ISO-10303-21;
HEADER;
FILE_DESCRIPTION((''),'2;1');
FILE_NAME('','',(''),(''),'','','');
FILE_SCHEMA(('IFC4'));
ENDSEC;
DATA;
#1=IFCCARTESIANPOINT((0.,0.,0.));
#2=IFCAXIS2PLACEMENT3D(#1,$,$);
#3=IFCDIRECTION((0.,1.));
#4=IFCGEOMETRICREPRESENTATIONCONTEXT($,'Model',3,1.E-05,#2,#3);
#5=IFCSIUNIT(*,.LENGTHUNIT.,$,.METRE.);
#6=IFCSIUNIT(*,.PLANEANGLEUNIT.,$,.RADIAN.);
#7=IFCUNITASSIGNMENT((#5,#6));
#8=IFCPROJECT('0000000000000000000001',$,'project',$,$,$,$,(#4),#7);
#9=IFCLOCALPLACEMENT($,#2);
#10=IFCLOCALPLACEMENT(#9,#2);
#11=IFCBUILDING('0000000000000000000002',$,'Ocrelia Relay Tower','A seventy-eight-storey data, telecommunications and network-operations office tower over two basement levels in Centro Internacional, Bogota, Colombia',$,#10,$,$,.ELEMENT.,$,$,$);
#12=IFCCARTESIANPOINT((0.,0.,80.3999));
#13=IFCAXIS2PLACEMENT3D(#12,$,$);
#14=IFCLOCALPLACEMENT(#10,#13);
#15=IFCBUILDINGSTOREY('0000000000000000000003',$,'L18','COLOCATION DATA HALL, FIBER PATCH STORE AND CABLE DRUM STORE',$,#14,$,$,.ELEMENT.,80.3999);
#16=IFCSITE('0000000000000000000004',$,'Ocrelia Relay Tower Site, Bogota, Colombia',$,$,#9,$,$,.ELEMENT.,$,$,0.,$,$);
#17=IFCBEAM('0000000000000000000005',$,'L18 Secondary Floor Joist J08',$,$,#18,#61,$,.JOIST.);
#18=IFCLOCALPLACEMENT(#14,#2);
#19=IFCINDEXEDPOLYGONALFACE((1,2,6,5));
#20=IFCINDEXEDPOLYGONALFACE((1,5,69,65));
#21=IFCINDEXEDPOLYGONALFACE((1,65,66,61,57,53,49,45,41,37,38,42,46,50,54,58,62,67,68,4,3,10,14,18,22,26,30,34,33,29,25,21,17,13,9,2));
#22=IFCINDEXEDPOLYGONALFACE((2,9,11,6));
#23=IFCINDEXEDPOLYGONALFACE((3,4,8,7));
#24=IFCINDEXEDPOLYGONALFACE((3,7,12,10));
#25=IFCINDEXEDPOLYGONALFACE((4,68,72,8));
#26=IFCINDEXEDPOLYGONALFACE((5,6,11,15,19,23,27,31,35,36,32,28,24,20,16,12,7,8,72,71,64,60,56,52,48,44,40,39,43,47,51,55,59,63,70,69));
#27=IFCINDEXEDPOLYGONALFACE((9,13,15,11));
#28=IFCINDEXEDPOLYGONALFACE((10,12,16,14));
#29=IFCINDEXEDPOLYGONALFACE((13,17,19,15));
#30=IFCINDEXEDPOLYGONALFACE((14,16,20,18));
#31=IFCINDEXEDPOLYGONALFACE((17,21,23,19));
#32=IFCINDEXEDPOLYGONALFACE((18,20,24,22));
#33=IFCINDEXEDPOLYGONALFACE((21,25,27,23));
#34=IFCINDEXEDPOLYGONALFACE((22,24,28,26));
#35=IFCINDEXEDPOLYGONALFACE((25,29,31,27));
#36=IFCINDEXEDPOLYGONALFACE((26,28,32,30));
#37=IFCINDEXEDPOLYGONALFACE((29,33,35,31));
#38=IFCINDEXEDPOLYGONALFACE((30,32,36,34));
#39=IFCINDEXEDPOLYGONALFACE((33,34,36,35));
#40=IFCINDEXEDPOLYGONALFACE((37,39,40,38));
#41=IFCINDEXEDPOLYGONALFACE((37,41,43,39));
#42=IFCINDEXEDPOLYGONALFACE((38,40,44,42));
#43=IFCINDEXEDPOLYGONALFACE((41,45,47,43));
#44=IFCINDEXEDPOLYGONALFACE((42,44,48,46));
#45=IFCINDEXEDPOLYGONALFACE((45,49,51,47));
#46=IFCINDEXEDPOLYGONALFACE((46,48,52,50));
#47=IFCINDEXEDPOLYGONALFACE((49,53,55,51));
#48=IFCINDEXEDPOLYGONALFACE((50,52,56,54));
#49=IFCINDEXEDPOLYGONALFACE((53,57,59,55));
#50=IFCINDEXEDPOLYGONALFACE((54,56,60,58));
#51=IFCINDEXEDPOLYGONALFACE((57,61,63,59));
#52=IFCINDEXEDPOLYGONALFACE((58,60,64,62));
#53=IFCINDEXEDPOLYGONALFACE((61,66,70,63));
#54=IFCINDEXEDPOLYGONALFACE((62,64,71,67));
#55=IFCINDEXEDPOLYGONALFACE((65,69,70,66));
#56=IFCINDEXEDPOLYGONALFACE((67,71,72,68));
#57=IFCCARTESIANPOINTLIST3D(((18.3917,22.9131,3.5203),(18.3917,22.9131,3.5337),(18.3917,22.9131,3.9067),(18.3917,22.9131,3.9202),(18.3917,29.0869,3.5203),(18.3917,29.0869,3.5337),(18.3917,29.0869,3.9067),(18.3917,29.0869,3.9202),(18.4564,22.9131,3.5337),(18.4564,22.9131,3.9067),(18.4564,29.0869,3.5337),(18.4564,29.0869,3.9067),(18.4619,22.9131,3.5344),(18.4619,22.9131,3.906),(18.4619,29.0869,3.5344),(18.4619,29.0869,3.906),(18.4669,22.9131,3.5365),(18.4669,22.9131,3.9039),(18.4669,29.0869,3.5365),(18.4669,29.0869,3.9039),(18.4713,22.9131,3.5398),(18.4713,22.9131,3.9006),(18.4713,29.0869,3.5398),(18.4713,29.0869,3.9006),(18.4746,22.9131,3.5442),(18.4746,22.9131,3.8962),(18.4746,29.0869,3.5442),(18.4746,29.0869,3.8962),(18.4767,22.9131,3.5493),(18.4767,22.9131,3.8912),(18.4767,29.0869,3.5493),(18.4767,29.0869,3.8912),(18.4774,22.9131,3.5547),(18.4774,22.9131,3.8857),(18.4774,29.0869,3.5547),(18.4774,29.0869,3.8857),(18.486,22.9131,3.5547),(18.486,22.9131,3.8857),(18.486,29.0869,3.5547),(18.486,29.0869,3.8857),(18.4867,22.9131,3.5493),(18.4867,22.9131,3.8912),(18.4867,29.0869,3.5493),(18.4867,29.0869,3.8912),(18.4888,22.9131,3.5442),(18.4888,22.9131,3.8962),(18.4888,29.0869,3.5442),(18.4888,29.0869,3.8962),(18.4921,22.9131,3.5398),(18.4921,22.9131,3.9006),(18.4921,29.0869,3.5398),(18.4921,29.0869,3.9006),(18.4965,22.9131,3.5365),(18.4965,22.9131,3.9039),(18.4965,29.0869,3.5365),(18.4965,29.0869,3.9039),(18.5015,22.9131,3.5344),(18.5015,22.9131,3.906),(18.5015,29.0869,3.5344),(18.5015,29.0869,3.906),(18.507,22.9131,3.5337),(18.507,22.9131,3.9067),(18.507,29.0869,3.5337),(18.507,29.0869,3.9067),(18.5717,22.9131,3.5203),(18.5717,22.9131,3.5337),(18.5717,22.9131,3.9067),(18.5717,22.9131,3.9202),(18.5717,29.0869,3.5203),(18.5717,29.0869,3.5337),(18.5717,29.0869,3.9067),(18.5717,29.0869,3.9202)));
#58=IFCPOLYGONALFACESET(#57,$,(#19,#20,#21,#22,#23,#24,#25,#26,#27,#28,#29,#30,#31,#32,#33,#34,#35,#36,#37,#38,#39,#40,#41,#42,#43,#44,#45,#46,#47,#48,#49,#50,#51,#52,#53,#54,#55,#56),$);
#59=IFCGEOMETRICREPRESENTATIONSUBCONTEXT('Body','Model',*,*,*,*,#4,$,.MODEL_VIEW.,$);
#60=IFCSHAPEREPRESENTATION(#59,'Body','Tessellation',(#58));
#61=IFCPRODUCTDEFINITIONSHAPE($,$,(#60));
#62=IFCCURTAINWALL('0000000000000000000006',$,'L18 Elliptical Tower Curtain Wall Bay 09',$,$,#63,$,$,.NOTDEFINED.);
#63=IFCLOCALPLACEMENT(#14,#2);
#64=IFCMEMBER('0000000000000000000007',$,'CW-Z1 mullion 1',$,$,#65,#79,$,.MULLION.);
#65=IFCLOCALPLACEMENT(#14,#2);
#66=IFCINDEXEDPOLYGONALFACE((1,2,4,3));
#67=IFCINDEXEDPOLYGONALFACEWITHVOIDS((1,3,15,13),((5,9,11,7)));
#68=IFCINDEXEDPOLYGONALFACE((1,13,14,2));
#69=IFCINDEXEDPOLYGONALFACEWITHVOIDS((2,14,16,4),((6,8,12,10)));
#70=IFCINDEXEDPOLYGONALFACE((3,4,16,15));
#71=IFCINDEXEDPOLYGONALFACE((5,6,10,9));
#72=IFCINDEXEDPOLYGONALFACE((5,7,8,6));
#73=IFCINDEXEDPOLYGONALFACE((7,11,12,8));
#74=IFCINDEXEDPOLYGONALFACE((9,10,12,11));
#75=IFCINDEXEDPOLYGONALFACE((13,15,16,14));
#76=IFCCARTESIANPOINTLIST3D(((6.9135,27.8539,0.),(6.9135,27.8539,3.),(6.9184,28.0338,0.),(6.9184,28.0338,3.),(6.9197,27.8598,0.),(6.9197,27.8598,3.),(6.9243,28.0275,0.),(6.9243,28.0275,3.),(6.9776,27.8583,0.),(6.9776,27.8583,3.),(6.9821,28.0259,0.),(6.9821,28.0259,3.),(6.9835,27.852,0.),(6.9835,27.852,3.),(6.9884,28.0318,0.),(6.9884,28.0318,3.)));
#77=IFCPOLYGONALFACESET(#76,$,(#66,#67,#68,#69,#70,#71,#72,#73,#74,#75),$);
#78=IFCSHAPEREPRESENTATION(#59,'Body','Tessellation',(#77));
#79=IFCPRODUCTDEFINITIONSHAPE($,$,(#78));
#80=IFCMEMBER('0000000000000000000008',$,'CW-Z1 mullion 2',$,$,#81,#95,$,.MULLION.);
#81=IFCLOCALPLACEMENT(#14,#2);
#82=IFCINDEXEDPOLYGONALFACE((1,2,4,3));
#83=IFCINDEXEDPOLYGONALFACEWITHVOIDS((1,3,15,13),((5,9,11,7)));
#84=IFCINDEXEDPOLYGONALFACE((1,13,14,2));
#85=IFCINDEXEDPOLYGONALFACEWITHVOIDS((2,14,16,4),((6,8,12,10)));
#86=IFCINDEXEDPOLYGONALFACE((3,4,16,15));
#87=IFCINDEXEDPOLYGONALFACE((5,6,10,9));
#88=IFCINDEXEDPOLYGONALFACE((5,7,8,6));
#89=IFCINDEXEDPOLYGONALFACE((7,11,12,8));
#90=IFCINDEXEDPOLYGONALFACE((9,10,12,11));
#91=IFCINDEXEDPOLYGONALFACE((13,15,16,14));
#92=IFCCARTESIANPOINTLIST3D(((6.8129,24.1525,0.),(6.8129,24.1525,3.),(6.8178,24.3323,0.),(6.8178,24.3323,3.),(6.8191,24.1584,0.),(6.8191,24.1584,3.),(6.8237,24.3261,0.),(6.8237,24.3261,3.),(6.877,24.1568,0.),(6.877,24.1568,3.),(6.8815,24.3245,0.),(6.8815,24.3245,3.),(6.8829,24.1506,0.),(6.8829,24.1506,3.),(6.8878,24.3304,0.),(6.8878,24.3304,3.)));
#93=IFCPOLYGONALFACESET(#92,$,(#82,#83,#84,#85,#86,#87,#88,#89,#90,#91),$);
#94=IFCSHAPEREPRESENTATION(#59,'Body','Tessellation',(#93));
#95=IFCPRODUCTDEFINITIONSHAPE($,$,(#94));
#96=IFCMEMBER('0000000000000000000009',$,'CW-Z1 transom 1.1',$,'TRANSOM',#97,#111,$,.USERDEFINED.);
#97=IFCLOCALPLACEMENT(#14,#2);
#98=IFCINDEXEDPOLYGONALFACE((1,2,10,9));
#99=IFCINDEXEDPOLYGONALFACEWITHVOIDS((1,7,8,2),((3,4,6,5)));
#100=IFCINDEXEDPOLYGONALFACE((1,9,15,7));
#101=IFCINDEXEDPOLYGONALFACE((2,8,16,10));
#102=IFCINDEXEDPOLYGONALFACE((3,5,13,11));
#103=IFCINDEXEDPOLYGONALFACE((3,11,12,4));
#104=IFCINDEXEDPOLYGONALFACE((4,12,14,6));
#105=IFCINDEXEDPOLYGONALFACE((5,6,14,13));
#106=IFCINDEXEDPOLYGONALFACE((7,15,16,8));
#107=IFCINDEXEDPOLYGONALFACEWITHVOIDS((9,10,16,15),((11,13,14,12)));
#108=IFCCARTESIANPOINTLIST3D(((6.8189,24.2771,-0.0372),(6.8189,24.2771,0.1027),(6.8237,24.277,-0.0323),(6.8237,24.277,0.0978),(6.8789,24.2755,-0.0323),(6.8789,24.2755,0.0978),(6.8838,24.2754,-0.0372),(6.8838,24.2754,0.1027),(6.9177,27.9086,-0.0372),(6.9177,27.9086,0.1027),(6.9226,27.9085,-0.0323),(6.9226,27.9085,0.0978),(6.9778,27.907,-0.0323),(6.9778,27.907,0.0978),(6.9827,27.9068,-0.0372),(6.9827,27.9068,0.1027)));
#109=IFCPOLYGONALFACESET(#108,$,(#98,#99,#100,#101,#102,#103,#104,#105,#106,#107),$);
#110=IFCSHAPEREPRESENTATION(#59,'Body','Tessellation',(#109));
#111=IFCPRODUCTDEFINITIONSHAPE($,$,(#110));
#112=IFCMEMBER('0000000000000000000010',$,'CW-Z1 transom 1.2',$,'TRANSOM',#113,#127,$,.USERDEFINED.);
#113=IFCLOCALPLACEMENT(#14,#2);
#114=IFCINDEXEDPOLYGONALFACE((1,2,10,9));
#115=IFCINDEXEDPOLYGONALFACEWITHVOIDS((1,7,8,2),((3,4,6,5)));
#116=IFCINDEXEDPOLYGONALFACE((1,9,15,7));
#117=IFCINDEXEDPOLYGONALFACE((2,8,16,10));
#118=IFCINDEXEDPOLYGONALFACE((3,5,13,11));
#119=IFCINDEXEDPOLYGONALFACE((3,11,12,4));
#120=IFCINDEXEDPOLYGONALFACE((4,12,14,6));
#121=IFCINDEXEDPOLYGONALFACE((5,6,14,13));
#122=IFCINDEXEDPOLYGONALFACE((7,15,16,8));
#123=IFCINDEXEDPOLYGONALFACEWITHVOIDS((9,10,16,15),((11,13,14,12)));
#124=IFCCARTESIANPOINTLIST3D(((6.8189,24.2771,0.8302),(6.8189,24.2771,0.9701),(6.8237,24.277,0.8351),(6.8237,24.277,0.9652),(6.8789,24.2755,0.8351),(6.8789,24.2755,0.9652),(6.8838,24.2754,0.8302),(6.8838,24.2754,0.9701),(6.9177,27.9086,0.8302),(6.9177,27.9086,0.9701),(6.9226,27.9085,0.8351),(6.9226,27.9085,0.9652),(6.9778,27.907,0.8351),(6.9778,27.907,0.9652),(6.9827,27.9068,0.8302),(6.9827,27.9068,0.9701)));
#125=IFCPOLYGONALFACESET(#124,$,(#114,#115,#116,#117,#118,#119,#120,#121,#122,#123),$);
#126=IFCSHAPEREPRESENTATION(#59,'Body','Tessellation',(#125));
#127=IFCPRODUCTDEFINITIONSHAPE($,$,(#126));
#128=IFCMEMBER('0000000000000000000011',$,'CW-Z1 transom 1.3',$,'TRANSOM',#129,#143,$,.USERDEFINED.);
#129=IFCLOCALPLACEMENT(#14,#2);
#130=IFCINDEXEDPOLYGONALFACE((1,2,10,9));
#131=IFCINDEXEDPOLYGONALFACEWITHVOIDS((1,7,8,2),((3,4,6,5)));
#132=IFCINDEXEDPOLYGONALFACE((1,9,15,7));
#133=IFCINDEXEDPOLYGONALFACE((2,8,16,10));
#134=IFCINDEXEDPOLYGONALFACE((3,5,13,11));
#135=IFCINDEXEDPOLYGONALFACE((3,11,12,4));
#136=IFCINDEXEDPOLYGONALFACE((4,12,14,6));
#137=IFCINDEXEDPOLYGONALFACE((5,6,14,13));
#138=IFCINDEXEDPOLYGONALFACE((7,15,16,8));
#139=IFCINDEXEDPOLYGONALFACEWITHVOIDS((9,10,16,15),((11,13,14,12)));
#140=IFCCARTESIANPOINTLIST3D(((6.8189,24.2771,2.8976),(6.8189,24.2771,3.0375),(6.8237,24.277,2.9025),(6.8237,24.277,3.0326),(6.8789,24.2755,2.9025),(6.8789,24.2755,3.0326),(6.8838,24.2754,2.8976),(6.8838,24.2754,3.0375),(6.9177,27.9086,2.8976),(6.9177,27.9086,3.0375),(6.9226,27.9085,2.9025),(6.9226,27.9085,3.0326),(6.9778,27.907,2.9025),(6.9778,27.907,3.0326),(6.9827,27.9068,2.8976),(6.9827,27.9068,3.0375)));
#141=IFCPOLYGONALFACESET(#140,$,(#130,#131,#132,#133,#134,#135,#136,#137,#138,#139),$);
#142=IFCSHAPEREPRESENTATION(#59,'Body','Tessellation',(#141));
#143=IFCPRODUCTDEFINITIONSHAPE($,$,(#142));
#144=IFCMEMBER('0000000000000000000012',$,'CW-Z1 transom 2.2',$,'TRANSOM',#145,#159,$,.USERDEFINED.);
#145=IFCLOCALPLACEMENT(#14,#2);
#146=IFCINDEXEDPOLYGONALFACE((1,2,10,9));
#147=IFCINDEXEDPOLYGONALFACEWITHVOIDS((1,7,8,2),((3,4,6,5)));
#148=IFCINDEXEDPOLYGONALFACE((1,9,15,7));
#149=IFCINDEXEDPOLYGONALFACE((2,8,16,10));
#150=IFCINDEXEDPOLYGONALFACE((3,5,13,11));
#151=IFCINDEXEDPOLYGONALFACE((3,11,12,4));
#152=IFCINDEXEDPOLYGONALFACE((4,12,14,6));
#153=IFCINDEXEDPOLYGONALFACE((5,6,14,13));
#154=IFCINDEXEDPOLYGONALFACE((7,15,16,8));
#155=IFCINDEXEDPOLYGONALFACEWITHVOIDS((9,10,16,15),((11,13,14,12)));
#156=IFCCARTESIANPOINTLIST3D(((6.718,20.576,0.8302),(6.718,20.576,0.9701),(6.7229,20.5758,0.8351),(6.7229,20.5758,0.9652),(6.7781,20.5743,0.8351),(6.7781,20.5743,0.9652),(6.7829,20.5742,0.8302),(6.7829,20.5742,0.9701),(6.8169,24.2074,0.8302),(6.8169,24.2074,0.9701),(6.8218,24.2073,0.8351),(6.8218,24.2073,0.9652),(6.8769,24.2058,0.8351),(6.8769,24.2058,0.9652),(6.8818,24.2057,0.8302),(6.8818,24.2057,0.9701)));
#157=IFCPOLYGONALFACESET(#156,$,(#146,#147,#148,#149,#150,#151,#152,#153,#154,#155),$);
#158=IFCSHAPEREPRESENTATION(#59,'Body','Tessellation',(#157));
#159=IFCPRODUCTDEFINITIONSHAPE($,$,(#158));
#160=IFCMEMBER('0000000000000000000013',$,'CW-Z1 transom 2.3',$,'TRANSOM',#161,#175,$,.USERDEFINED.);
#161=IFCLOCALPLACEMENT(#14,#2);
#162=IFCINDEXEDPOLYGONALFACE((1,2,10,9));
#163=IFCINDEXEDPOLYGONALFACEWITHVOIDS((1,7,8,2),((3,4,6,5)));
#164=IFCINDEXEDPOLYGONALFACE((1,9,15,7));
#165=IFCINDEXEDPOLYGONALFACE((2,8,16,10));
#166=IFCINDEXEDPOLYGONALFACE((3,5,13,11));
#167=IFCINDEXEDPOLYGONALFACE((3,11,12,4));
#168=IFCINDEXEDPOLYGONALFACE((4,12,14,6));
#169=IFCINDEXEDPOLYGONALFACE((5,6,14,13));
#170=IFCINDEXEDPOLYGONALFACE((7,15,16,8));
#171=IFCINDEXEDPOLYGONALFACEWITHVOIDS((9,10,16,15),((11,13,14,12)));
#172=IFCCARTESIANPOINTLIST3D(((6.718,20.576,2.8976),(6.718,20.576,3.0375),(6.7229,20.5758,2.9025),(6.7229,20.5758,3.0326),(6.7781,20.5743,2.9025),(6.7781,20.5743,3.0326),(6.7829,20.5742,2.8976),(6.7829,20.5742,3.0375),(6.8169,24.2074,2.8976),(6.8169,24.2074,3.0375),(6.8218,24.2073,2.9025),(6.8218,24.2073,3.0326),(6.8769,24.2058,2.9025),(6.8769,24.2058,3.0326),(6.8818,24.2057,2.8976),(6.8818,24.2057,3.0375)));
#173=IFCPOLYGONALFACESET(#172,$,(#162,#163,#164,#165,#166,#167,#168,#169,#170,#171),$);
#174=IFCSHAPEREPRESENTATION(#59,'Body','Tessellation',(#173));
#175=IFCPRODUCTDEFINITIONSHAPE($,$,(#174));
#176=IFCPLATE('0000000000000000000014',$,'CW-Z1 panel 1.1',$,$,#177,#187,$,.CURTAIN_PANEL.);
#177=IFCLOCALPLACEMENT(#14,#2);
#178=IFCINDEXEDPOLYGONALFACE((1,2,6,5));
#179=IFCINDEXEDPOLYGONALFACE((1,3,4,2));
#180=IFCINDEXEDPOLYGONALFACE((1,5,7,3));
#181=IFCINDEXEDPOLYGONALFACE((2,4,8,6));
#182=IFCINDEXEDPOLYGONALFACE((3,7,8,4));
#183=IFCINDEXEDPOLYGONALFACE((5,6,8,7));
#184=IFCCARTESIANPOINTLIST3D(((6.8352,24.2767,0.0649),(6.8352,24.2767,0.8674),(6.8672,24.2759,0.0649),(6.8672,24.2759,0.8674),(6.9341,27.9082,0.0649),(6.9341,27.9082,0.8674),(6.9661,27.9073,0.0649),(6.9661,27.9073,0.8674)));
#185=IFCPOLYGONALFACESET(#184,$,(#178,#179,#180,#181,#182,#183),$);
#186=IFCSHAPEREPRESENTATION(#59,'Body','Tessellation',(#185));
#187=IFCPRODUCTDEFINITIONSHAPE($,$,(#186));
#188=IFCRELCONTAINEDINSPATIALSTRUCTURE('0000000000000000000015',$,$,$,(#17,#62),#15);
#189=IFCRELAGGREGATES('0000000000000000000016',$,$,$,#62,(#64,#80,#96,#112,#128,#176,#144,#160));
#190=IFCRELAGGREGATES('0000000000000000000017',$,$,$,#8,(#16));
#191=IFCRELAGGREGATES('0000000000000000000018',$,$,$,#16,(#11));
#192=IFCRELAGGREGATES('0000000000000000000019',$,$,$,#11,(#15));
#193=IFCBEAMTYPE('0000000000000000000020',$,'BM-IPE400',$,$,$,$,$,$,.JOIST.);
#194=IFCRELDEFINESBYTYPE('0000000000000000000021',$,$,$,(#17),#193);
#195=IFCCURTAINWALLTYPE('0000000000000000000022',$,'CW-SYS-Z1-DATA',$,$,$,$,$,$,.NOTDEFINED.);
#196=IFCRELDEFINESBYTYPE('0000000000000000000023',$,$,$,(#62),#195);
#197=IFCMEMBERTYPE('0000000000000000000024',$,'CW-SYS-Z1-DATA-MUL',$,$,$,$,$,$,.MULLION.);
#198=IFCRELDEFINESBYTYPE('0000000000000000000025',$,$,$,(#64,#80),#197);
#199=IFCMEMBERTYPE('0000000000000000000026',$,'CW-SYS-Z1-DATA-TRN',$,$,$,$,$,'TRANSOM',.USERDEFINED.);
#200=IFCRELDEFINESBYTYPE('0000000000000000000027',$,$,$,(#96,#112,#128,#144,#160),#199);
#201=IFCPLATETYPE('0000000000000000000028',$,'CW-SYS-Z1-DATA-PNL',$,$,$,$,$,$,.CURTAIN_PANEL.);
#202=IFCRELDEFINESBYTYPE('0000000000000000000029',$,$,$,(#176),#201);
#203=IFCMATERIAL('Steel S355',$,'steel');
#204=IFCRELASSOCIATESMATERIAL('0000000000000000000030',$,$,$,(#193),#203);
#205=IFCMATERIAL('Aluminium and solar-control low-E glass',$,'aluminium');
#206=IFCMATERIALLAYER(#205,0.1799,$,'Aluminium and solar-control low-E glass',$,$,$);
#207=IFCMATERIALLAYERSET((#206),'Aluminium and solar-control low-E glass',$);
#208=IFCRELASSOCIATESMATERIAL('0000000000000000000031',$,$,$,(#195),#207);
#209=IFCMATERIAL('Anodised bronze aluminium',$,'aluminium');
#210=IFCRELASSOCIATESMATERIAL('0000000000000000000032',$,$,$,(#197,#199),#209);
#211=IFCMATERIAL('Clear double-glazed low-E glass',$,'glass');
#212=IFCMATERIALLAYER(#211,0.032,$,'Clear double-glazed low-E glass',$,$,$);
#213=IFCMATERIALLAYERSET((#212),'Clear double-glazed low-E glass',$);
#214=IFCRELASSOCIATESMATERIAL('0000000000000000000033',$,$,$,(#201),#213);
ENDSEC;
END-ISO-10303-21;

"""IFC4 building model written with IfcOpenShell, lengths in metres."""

from ifc_helpers import new_model, si_unit, direction, frame, origin, origin_2d, place, context, subcontext, project, spatial, rectangle, hollow_rectangle, i_section, extrude, material, layer, layer_set, material_profile, profile_set, type_object, element, aggregate, save


model = new_model("IFC4")

# Units and contexts
model_context = context("Model", 3, precision=1e-05, world=origin(), true_north=direction((0.0, 1.0)))
body_context = subcontext(model_context, "Body", "Model", "MODEL_VIEW")
ifc_project = project(units=[si_unit("LENGTHUNIT", "METRE"), si_unit("PLANEANGLEUNIT", "RADIAN")], contexts=[model_context])

# Site, building, storey
site_placement = place(None, origin())
site = spatial("IfcSite", under=ifc_project, at=site_placement, Name="Ocrelia Relay Tower Site, Bogota, Colombia", CompositionType="ELEMENT", RefElevation=0.0)
building_placement = place(site_placement, origin())
building = spatial("IfcBuilding", under=site, at=building_placement, Name="Ocrelia Relay Tower", Description="A seventy-eight-storey data, telecommunications and network-operations office tower over two basement levels in Centro Internacional, Bogota, Colombia", CompositionType="ELEMENT")
storey_placement = place(building_placement, frame((0.0, 0.0, 80.3999)))
storey = spatial("IfcBuildingStorey", under=building, at=storey_placement, Name="L18", Description="COLOCATION DATA HALL, FIBER PATCH STORE AND CABLE DRUM STORE", CompositionType="ELEMENT", Elevation=80.3999)

# Beam
ifc_material_1 = material(Name="Steel S355", Category="steel")
ifc_material_profile_1 = material_profile(ifc_material_1, i_section(OverallWidth=0.1799, OverallDepth=0.3999, WebThickness=0.0085, FlangeThickness=0.0134, FilletRadius=0.021, at=origin_2d()), Name="IPE 400")
ifc_profile_set_1 = profile_set([ifc_material_profile_1], Name="Steel S355")
beam_type_1 = type_object("IfcBeamType", Name="BM-IPE400", PredefinedType="JOIST", material=ifc_profile_set_1)
beam_1_placement = place(storey_placement, frame((18.4817, 29.0869, 3.7202), z_axis=(0.0, -1.0, 0.0), x_axis=(1.0, 0.0, 0.0)))
element("IfcBeam", 1, at=beam_1_placement, inside=storey, type_object=beam_type_1, Name="L18 Secondary Floor Joist J08", PredefinedType="JOIST", context=body_context, shape_type="SweptSolid", body=[
    extrude(i_section(OverallWidth=0.1799, OverallDepth=0.3999, WebThickness=0.0085, FlangeThickness=0.0134, FilletRadius=0.021, at=origin_2d()), origin(), (0.0, 0.0, 1.0), 6.1738),
])

# Curtain wall, members, plate
ifc_material_2 = material(Name="Aluminium and solar-control low-E glass", Category="aluminium")
ifc_layer_1 = layer(ifc_material_2, 0.1799, Name="Aluminium and solar-control low-E glass")
ifc_layer_set_1 = layer_set([ifc_layer_1], Name="Aluminium and solar-control low-E glass")
curtain_wall_type = type_object("IfcCurtainWallType", Name="CW-SYS-Z1-DATA", PredefinedType="NOTDEFINED", material=ifc_layer_set_1)
curtain_wall_placement = place(storey_placement, origin())
curtain_wall = element("IfcCurtainWall", 2, at=curtain_wall_placement, inside=storey, type_object=curtain_wall_type, Name="L18 Elliptical Tower Curtain Wall Bay 09", PredefinedType="NOTDEFINED")
ifc_material_3 = material(Name="Anodised bronze aluminium", Category="aluminium")
ifc_material_profile_2 = material_profile(ifc_material_3, hollow_rectangle(XDim=0.0701, YDim=0.1799, WallThickness=0.0061, at=origin_2d()), Name="CW-MUL-180x70")
ifc_profile_set_2 = profile_set([ifc_material_profile_2], Name="Anodised bronze aluminium")
member_type_1 = type_object("IfcMemberType", Name="CW-SYS-Z1-DATA-MUL", PredefinedType="MULLION", material=ifc_profile_set_2)
member_1_placement = place(storey_placement, frame((6.9509, 27.9429, 0.0), z_axis=(0.0, 0.0, 1.0), x_axis=(0.999629, -0.027222, 0.0)))
member_1 = element("IfcMember", 3, at=member_1_placement, type_object=member_type_1, Name="CW-Z1 mullion 1", PredefinedType="MULLION", context=body_context, shape_type="SweptSolid", body=[
    extrude(hollow_rectangle(XDim=0.0701, YDim=0.1799, WallThickness=0.0061, at=origin_2d()), origin(), (0.0, 0.0, 1.0), 3.0),
])
member_2_placement = place(storey_placement, frame((6.8503, 24.2415, 0.0), z_axis=(0.0, 0.0, 1.0), x_axis=(0.999629, -0.027222, 0.0)))
member_2 = element("IfcMember", 4, at=member_2_placement, type_object=member_type_1, Name="CW-Z1 mullion 2", PredefinedType="MULLION", context=body_context, shape_type="SweptSolid", body=[
    extrude(hollow_rectangle(XDim=0.0701, YDim=0.1799, WallThickness=0.0061, at=origin_2d()), origin(), (0.0, 0.0, 1.0), 3.0),
])
ifc_material_profile_3 = material_profile(ifc_material_3, hollow_rectangle(XDim=0.0649, YDim=0.1399, WallThickness=0.0049, at=origin_2d()), Name="CW-TRN-140x65")
ifc_profile_set_3 = profile_set([ifc_material_profile_3], Name="Anodised bronze aluminium")
member_type_2 = type_object("IfcMemberType", Name="CW-SYS-Z1-DATA-TRN", ElementType="TRANSOM", PredefinedType="USERDEFINED", material=ifc_profile_set_3)
member_3_placement = place(storey_placement, frame((6.9502, 27.9077, 0.0327), z_axis=(-0.027219, -0.99963, 0.0), x_axis=(0.99963, -0.027219, 0.0)))
member_3 = element("IfcMember", 5, at=member_3_placement, type_object=member_type_2, Name="CW-Z1 transom 1.1", ObjectType="TRANSOM", PredefinedType="USERDEFINED", context=body_context, shape_type="SweptSolid", body=[
    extrude(hollow_rectangle(XDim=0.0649, YDim=0.1399, WallThickness=0.0049, at=origin_2d()), origin(), (0.0, 0.0, 1.0), 3.6328),
])
member_4_placement = place(storey_placement, frame((6.9502, 27.9077, 0.9001), z_axis=(-0.027219, -0.99963, 0.0), x_axis=(0.99963, -0.027219, 0.0)))
member_4 = element("IfcMember", 6, at=member_4_placement, type_object=member_type_2, Name="CW-Z1 transom 1.2", ObjectType="TRANSOM", PredefinedType="USERDEFINED", context=body_context, shape_type="SweptSolid", body=[
    extrude(hollow_rectangle(XDim=0.0649, YDim=0.1399, WallThickness=0.0049, at=origin_2d()), origin(), (0.0, 0.0, 1.0), 3.6328),
])
member_5_placement = place(storey_placement, frame((6.9502, 27.9077, 2.9675), z_axis=(-0.027219, -0.99963, 0.0), x_axis=(0.99963, -0.027219, 0.0)))
member_5 = element("IfcMember", 7, at=member_5_placement, type_object=member_type_2, Name="CW-Z1 transom 1.3", ObjectType="TRANSOM", PredefinedType="USERDEFINED", context=body_context, shape_type="SweptSolid", body=[
    extrude(hollow_rectangle(XDim=0.0649, YDim=0.1399, WallThickness=0.0049, at=origin_2d()), origin(), (0.0, 0.0, 1.0), 3.6328),
])
member_6_placement = place(storey_placement, frame((6.8494, 24.2065, 0.9001), z_axis=(-0.027219, -0.99963, 0.0), x_axis=(0.99963, -0.027219, 0.0)))
member_6 = element("IfcMember", 8, at=member_6_placement, type_object=member_type_2, Name="CW-Z1 transom 2.2", ObjectType="TRANSOM", PredefinedType="USERDEFINED", context=body_context, shape_type="SweptSolid", body=[
    extrude(hollow_rectangle(XDim=0.0649, YDim=0.1399, WallThickness=0.0049, at=origin_2d()), origin(), (0.0, 0.0, 1.0), 3.6328),
])
member_7_placement = place(storey_placement, frame((6.8494, 24.2065, 2.9675), z_axis=(-0.027219, -0.99963, 0.0), x_axis=(0.99963, -0.027219, 0.0)))
member_7 = element("IfcMember", 9, at=member_7_placement, type_object=member_type_2, Name="CW-Z1 transom 2.3", ObjectType="TRANSOM", PredefinedType="USERDEFINED", context=body_context, shape_type="SweptSolid", body=[
    extrude(hollow_rectangle(XDim=0.0649, YDim=0.1399, WallThickness=0.0049, at=origin_2d()), origin(), (0.0, 0.0, 1.0), 3.6328),
])
ifc_material_4 = material(Name="Clear double-glazed low-E glass", Category="glass")
ifc_layer_2 = layer(ifc_material_4, 0.032, Name="Clear double-glazed low-E glass")
ifc_layer_set_2 = layer_set([ifc_layer_2], Name="Clear double-glazed low-E glass")
plate_type = type_object("IfcPlateType", Name="CW-SYS-Z1-DATA-PNL", PredefinedType="CURTAIN_PANEL", material=ifc_layer_set_2)
plate_1_placement = place(storey_placement, frame((6.9006, 26.092, 0.0649), z_axis=(0.0, 0.0, 1.0), x_axis=(-0.027222, -0.999629, 0.0)))
plate_1 = element("IfcPlate", 10, at=plate_1_placement, type_object=plate_type, Name="CW-Z1 panel 1.1", PredefinedType="CURTAIN_PANEL", context=body_context, shape_type="SweptSolid", body=[
    extrude(rectangle(XDim=3.6328, YDim=0.032, at=origin_2d()), origin(), (0.0, 0.0, 1.0), 0.8025),
])
aggregate(curtain_wall, [member_1, member_2, member_3, member_4, member_5, plate_1, member_6, member_7])

save(model, "model.ifc")
